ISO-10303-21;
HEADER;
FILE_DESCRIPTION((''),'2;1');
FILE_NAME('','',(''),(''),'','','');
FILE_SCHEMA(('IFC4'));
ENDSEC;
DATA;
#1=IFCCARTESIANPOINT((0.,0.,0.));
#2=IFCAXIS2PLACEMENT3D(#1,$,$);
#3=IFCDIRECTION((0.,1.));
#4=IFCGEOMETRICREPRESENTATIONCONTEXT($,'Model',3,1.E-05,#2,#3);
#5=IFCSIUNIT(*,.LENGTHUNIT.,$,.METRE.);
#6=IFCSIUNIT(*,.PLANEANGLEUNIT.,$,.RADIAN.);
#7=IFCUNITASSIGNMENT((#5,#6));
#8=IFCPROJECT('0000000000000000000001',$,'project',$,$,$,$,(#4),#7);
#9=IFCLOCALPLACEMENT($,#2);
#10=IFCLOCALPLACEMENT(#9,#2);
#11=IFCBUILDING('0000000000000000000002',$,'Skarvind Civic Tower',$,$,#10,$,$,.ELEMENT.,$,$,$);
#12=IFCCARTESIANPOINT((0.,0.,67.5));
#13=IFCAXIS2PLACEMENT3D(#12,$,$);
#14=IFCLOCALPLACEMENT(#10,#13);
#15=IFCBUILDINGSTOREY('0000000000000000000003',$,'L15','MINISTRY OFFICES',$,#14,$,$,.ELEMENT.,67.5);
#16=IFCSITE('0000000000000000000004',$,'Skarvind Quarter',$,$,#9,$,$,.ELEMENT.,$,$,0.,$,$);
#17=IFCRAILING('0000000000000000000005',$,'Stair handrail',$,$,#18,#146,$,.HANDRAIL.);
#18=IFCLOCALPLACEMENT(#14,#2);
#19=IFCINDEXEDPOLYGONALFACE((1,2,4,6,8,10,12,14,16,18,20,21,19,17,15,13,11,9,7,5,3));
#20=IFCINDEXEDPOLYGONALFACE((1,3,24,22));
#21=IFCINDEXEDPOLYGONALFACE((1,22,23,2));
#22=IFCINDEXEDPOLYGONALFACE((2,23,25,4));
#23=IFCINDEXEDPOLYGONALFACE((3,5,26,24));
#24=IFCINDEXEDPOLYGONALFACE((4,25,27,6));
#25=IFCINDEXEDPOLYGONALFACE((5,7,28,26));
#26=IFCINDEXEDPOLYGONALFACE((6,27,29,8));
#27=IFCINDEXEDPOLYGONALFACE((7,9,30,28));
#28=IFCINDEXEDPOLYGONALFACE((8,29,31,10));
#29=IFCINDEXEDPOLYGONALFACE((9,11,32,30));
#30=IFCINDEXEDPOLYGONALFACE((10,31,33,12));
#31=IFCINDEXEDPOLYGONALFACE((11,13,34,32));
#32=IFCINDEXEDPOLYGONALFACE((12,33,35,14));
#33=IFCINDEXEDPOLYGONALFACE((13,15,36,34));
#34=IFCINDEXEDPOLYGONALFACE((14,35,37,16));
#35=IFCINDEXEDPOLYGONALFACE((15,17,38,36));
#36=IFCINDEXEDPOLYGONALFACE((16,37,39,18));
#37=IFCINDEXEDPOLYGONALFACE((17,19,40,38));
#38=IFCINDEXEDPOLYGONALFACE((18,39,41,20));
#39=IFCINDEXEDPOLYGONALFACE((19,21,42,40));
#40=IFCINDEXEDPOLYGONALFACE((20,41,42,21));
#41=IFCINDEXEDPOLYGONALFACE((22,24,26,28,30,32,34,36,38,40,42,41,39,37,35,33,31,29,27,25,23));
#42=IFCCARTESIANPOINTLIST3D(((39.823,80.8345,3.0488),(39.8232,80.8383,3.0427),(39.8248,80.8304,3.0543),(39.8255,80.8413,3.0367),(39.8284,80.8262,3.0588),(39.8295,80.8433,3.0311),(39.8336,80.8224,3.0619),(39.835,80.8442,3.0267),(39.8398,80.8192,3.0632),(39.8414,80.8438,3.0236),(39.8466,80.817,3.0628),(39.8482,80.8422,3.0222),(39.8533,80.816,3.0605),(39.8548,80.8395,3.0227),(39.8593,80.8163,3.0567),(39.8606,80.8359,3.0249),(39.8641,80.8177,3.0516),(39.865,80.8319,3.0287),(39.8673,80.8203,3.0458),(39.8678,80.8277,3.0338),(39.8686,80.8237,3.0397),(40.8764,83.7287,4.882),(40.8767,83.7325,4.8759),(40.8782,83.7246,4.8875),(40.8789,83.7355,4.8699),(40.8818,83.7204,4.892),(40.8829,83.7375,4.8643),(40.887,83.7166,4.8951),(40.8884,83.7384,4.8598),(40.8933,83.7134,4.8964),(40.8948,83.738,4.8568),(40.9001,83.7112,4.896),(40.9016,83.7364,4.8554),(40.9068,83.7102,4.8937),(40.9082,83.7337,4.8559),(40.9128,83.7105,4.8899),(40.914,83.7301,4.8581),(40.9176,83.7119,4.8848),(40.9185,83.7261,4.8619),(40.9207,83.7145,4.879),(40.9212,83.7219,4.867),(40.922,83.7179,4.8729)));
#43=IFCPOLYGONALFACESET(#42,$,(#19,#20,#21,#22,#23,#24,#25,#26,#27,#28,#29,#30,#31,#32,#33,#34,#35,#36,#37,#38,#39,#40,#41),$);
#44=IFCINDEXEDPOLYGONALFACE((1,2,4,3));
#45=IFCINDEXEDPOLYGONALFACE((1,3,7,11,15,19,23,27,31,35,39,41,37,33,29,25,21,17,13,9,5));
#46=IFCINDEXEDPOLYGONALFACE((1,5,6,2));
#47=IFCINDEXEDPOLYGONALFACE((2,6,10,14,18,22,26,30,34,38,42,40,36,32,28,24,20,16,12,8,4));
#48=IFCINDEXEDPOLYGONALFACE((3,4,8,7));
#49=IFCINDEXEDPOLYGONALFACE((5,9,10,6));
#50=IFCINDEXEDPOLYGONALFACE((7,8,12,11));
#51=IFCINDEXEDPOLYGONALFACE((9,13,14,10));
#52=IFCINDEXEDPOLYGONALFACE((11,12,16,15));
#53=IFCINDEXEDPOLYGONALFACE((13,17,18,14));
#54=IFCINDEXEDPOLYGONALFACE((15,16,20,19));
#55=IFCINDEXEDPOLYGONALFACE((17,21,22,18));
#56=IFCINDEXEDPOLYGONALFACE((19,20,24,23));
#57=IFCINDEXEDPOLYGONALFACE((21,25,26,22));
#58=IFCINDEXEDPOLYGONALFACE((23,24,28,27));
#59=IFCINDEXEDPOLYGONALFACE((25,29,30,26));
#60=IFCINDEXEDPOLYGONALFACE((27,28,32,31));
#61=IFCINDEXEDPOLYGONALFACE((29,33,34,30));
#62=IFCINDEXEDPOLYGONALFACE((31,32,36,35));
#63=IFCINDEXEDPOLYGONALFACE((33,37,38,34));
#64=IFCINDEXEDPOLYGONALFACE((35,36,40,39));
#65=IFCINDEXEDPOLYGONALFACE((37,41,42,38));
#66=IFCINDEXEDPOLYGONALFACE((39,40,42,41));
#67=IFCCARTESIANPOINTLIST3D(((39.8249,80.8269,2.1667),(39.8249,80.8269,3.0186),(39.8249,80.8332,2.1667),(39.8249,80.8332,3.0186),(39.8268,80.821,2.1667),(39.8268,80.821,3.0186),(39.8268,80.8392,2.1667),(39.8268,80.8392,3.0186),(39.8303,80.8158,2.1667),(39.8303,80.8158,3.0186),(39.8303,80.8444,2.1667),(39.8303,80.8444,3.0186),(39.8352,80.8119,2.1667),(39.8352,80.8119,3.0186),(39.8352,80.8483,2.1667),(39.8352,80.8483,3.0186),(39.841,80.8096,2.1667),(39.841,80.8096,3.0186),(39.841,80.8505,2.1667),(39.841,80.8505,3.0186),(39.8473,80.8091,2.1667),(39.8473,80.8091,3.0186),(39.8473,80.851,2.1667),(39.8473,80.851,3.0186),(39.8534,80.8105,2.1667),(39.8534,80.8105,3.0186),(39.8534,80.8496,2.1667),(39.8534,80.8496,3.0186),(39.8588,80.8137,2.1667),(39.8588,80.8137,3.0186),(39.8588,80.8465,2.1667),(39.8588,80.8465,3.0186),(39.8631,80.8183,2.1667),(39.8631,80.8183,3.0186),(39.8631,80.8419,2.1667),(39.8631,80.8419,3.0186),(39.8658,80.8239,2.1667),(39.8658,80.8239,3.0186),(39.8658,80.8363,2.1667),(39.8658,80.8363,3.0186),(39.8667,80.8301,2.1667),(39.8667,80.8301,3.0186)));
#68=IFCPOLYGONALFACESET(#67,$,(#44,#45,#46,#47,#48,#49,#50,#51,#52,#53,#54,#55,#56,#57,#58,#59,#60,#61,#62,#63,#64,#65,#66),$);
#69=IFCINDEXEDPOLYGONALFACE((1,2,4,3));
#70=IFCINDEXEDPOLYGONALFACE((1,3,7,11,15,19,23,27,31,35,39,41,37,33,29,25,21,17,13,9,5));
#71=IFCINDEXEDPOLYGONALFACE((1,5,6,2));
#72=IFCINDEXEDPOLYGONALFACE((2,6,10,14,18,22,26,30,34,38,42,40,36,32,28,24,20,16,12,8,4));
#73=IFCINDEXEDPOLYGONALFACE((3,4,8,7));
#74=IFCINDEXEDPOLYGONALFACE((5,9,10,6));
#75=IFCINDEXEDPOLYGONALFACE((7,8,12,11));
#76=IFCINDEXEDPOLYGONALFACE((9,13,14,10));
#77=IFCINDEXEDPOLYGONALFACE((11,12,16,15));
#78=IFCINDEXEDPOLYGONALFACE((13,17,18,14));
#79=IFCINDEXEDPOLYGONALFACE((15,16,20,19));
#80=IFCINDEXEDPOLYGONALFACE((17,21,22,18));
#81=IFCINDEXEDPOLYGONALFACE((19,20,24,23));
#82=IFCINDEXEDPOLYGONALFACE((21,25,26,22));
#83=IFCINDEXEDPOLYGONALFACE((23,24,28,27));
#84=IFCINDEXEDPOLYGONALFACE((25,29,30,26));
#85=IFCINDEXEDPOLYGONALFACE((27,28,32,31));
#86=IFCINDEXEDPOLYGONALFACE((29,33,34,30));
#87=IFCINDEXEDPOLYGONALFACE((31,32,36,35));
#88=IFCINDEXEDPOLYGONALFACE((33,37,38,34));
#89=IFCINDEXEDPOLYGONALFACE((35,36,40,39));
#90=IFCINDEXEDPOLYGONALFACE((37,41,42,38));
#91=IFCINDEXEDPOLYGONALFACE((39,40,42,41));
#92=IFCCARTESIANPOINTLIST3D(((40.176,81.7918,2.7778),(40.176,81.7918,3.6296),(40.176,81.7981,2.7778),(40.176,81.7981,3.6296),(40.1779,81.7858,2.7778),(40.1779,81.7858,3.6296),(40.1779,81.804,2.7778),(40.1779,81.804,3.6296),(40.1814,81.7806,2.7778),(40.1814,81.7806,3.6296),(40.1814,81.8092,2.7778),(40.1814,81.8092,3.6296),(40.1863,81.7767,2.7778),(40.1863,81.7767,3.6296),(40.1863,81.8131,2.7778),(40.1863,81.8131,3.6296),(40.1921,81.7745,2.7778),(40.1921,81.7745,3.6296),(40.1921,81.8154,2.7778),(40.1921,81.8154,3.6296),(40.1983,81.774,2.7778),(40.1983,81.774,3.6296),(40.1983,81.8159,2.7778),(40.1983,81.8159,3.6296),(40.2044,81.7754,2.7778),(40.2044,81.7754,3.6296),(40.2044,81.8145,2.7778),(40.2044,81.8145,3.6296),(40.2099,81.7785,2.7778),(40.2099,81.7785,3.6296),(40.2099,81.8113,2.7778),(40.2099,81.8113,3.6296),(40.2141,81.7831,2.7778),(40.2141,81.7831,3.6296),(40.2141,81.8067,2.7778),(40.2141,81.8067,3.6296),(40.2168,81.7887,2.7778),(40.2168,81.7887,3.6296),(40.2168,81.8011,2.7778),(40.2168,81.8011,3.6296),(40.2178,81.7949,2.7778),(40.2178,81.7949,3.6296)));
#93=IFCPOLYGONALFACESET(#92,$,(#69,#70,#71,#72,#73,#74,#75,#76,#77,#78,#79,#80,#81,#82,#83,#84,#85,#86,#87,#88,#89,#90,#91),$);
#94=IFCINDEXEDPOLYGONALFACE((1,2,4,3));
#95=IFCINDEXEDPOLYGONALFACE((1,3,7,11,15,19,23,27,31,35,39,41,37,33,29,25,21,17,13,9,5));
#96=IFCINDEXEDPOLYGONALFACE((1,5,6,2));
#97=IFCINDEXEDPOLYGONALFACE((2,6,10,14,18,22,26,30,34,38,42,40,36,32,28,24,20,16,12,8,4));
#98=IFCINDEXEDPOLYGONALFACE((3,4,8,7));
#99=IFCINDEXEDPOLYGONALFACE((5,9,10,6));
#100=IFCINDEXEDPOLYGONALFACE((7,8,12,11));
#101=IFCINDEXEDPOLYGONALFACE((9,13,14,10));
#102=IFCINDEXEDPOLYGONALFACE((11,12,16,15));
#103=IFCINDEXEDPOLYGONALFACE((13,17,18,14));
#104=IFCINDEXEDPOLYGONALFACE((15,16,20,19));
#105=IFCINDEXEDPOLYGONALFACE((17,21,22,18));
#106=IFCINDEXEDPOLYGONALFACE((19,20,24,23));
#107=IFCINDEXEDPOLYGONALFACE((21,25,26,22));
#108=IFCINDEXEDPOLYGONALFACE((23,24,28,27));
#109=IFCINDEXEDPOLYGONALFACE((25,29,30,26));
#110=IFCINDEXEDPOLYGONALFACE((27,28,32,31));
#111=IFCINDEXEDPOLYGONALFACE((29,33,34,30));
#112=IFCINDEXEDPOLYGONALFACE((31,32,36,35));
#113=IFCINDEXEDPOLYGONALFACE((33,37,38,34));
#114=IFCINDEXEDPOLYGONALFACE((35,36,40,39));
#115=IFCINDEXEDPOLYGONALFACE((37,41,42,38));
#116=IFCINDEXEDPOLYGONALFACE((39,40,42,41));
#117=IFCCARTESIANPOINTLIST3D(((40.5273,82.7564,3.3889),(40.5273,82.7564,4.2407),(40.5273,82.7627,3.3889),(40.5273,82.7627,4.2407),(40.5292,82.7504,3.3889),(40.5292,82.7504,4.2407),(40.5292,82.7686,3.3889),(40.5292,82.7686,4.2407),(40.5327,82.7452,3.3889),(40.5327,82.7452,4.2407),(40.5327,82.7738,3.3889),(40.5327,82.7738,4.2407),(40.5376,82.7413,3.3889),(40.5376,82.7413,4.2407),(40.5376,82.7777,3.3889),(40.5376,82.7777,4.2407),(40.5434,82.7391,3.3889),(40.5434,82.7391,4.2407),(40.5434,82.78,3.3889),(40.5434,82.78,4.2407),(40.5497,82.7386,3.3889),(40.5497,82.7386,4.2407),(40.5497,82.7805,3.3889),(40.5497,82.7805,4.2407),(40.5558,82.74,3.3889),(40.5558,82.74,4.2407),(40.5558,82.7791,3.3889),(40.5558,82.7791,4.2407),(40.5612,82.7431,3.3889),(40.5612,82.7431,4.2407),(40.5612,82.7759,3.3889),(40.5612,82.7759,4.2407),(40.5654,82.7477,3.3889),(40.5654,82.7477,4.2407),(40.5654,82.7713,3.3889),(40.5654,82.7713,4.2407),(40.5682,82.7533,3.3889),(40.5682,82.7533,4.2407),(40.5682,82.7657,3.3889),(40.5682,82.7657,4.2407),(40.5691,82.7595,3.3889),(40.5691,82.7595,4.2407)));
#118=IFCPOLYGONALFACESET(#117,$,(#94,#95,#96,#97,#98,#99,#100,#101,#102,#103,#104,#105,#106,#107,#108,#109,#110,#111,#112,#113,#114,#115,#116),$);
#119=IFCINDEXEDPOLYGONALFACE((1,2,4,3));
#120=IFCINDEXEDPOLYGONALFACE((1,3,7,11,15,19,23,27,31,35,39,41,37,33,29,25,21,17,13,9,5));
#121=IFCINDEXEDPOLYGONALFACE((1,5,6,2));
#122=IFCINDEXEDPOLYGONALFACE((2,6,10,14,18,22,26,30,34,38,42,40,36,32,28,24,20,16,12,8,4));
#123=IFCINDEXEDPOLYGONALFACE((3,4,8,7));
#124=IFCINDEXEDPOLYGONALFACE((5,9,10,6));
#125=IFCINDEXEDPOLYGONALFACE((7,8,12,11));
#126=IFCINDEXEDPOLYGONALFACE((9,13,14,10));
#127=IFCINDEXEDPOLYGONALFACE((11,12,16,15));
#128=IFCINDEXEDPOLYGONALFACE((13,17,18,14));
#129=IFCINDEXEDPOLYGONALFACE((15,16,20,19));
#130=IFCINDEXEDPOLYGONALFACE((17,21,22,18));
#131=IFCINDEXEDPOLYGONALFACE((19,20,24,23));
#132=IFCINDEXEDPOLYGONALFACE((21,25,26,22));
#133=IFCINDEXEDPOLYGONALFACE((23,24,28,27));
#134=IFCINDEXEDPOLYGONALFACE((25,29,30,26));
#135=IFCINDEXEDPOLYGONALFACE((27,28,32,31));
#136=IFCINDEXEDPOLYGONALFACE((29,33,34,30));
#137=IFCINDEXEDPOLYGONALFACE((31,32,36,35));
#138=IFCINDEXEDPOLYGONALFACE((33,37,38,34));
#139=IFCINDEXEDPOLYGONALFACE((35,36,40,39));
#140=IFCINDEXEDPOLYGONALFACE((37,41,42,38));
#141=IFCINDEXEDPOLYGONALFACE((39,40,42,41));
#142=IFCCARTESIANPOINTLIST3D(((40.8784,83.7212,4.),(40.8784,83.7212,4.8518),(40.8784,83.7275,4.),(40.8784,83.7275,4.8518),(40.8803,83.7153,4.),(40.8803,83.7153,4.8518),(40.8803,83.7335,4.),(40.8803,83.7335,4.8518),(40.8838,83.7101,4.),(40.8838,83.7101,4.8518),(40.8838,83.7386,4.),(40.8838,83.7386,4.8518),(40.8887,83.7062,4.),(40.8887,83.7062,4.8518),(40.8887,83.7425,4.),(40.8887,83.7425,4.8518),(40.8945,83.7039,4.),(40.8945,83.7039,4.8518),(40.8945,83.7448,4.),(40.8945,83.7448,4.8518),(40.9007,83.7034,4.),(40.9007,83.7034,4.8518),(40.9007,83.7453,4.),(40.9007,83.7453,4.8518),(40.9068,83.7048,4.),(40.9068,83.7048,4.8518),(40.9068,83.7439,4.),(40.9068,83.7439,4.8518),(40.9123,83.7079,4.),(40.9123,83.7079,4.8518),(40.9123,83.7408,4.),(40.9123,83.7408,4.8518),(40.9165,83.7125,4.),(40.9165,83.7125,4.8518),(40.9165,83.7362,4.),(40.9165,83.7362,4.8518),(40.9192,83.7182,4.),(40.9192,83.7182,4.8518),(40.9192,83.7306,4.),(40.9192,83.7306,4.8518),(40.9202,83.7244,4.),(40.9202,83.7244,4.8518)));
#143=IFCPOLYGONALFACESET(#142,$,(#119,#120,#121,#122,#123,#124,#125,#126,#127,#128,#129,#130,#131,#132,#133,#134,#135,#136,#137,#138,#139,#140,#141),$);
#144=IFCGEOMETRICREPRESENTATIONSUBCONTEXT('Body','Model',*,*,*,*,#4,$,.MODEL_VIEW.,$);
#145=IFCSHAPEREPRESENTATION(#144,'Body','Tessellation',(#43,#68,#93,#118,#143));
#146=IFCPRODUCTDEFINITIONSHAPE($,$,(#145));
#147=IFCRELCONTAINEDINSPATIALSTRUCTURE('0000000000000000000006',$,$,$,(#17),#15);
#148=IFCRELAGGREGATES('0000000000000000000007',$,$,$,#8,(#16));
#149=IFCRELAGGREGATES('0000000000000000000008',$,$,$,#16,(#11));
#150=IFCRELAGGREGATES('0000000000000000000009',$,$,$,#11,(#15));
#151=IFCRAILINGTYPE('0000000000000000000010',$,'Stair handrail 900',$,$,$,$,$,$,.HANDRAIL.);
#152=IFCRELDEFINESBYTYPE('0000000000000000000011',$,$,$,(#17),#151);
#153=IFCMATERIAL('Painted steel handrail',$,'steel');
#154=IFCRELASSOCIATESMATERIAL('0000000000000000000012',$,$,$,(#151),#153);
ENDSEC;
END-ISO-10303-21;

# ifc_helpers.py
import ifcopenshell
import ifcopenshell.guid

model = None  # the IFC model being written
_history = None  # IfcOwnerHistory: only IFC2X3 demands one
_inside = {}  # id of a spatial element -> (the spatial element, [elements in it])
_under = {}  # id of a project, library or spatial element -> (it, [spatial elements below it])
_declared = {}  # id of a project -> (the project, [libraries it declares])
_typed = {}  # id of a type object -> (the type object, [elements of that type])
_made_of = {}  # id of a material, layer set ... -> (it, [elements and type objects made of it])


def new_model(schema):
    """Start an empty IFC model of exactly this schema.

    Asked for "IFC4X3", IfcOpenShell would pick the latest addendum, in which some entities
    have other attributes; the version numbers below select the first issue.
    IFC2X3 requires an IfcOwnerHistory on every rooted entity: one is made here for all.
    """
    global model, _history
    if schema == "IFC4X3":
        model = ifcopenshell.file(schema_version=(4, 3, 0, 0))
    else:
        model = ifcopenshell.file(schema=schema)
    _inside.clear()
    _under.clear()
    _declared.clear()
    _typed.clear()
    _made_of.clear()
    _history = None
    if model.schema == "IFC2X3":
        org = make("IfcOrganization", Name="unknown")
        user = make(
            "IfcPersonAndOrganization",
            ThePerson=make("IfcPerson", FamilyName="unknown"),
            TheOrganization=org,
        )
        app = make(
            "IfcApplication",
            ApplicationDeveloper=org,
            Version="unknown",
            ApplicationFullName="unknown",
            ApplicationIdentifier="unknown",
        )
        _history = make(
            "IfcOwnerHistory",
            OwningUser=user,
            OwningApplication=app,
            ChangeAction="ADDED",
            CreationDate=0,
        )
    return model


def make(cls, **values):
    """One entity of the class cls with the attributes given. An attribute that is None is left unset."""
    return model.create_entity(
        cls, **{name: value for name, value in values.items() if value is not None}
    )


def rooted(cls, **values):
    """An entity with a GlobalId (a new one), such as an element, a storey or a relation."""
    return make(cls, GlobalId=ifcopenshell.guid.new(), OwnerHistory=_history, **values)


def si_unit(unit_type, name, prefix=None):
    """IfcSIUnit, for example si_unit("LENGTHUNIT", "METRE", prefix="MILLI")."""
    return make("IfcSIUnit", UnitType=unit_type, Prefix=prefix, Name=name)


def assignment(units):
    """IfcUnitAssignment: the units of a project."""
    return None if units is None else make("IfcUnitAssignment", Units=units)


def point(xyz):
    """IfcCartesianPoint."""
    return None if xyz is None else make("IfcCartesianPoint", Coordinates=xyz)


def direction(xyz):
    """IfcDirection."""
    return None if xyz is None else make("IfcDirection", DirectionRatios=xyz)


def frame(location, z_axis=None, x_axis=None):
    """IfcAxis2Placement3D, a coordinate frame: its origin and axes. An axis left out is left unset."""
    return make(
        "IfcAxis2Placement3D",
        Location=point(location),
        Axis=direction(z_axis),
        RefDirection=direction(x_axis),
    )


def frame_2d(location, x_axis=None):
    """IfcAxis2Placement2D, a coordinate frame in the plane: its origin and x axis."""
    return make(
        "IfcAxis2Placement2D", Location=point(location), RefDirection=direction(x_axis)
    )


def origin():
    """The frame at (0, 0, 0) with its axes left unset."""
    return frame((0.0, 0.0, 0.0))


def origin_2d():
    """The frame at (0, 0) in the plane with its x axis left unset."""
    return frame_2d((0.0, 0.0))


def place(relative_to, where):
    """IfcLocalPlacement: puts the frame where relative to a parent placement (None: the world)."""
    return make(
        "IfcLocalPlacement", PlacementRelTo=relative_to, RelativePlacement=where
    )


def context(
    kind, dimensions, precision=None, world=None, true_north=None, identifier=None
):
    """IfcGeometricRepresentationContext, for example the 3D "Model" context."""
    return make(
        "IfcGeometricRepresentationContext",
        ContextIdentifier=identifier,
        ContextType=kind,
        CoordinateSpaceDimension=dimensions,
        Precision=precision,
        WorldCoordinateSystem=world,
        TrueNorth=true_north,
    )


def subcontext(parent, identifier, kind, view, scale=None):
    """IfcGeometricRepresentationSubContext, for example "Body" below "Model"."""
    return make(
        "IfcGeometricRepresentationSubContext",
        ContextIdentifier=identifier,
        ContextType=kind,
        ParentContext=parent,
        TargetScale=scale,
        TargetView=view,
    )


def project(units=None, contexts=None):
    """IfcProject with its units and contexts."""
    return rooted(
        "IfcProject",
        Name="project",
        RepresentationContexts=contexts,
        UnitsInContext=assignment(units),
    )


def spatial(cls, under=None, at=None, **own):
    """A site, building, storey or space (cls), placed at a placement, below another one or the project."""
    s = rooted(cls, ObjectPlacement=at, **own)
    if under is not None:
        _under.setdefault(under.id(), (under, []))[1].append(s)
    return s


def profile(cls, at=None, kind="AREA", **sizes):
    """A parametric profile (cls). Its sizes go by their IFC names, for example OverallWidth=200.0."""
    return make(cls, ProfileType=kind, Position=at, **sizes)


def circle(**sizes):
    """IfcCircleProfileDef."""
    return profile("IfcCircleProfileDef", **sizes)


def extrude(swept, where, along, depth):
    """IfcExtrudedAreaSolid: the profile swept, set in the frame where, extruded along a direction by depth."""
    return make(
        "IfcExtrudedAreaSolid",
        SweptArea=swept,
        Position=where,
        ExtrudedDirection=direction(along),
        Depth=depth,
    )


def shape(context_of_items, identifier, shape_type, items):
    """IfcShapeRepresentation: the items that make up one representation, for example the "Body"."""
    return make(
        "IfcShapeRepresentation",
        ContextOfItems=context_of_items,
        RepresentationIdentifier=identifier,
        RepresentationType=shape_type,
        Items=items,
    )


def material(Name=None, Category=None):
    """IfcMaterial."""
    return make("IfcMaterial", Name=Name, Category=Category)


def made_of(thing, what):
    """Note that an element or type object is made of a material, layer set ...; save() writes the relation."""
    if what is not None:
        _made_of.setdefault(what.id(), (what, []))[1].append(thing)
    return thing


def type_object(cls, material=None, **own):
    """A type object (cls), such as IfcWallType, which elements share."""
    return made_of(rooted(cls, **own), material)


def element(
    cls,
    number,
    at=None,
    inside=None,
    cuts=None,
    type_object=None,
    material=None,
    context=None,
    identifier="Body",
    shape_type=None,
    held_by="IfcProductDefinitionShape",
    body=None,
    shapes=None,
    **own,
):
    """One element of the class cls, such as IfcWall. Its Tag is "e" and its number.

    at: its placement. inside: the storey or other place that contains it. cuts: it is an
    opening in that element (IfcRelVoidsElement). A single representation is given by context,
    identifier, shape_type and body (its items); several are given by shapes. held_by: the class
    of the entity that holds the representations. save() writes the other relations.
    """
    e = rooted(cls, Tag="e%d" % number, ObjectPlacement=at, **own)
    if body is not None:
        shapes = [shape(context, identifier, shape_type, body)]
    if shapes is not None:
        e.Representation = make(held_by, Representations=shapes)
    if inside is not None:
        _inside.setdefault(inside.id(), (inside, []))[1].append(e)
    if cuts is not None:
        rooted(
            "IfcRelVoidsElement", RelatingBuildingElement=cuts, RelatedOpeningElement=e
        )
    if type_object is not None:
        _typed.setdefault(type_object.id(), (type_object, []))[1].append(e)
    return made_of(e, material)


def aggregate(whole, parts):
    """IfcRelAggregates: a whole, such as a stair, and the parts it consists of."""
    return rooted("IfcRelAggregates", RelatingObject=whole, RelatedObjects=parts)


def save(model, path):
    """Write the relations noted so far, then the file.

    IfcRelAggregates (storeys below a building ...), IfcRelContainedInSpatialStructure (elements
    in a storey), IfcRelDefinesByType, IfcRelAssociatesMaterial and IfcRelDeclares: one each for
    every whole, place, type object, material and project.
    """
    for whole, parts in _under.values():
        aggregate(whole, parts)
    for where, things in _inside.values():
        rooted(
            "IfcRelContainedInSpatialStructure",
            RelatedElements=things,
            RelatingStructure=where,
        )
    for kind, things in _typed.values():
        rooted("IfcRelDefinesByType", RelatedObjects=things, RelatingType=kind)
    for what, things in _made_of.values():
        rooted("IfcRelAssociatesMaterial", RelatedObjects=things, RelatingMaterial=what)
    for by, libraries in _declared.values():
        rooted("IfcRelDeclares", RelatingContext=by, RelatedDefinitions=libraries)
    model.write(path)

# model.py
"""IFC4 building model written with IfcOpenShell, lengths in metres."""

from ifc_helpers import new_model, si_unit, direction, frame, origin, origin_2d, place, context, subcontext, project, spatial, circle, extrude, material, type_object, element, save


model = new_model("IFC4")

# Units and contexts
model_context = context("Model", 3, precision=1e-05, world=origin(), true_north=direction((0.0, 1.0)))
body_context = subcontext(model_context, "Body", "Model", "MODEL_VIEW")
ifc_project = project(units=[si_unit("LENGTHUNIT", "METRE"), si_unit("PLANEANGLEUNIT", "RADIAN")], contexts=[model_context])

# Site, building, storey
site_placement = place(None, origin())
site = spatial("IfcSite", under=ifc_project, at=site_placement, Name="Skarvind Quarter", CompositionType="ELEMENT", RefElevation=0.0)
building_placement = place(site_placement, origin())
building = spatial("IfcBuilding", under=site, at=building_placement, Name="Skarvind Civic Tower", CompositionType="ELEMENT")
storey_placement = place(building_placement, frame((0.0, 0.0, 67.5)))
storey = spatial("IfcBuildingStorey", under=building, at=storey_placement, Name="L15", Description="MINISTRY OFFICES", CompositionType="ELEMENT", Elevation=67.5)

# Railing
ifc_material_1 = material(Name="Painted steel handrail", Category="steel")
railing_type = type_object("IfcRailingType", Name="Stair handrail 900", PredefinedType="HANDRAIL", material=ifc_material_1)
railing_1_placement = place(storey_placement, frame((39.8457, 80.8301, 2.1667)))
element("IfcRailing", 1, at=railing_1_placement, inside=storey, type_object=railing_type, Name="Stair handrail", PredefinedType="HANDRAIL", context=body_context, shape_type="SweptSolid", body=[
    extrude(circle(Radius=0.0239, at=origin_2d()), frame((0.0, 0.0, 0.876), z_axis=(0.293908, 0.807481, 0.511461), x_axis=(-0.939689, 0.342029, 0.0)), (0.0, 0.0, 1.0), 3.5842),
    extrude(circle(Radius=0.021, at=origin_2d()), origin(), (0.0, 0.0, 1.0), 0.8518),
    extrude(circle(Radius=0.021, at=origin_2d()), frame((0.3511, 0.9648, 0.6111)), (0.0, 0.0, 1.0), 0.8518),
    extrude(circle(Radius=0.021, at=origin_2d()), frame((0.7024, 1.9294, 1.2222)), (0.0, 0.0, 1.0), 0.8518),
    extrude(circle(Radius=0.021, at=origin_2d()), frame((1.0535, 2.8943, 1.8333)), (0.0, 0.0, 1.0), 0.8518),
])

save(model, "model.ifc")
